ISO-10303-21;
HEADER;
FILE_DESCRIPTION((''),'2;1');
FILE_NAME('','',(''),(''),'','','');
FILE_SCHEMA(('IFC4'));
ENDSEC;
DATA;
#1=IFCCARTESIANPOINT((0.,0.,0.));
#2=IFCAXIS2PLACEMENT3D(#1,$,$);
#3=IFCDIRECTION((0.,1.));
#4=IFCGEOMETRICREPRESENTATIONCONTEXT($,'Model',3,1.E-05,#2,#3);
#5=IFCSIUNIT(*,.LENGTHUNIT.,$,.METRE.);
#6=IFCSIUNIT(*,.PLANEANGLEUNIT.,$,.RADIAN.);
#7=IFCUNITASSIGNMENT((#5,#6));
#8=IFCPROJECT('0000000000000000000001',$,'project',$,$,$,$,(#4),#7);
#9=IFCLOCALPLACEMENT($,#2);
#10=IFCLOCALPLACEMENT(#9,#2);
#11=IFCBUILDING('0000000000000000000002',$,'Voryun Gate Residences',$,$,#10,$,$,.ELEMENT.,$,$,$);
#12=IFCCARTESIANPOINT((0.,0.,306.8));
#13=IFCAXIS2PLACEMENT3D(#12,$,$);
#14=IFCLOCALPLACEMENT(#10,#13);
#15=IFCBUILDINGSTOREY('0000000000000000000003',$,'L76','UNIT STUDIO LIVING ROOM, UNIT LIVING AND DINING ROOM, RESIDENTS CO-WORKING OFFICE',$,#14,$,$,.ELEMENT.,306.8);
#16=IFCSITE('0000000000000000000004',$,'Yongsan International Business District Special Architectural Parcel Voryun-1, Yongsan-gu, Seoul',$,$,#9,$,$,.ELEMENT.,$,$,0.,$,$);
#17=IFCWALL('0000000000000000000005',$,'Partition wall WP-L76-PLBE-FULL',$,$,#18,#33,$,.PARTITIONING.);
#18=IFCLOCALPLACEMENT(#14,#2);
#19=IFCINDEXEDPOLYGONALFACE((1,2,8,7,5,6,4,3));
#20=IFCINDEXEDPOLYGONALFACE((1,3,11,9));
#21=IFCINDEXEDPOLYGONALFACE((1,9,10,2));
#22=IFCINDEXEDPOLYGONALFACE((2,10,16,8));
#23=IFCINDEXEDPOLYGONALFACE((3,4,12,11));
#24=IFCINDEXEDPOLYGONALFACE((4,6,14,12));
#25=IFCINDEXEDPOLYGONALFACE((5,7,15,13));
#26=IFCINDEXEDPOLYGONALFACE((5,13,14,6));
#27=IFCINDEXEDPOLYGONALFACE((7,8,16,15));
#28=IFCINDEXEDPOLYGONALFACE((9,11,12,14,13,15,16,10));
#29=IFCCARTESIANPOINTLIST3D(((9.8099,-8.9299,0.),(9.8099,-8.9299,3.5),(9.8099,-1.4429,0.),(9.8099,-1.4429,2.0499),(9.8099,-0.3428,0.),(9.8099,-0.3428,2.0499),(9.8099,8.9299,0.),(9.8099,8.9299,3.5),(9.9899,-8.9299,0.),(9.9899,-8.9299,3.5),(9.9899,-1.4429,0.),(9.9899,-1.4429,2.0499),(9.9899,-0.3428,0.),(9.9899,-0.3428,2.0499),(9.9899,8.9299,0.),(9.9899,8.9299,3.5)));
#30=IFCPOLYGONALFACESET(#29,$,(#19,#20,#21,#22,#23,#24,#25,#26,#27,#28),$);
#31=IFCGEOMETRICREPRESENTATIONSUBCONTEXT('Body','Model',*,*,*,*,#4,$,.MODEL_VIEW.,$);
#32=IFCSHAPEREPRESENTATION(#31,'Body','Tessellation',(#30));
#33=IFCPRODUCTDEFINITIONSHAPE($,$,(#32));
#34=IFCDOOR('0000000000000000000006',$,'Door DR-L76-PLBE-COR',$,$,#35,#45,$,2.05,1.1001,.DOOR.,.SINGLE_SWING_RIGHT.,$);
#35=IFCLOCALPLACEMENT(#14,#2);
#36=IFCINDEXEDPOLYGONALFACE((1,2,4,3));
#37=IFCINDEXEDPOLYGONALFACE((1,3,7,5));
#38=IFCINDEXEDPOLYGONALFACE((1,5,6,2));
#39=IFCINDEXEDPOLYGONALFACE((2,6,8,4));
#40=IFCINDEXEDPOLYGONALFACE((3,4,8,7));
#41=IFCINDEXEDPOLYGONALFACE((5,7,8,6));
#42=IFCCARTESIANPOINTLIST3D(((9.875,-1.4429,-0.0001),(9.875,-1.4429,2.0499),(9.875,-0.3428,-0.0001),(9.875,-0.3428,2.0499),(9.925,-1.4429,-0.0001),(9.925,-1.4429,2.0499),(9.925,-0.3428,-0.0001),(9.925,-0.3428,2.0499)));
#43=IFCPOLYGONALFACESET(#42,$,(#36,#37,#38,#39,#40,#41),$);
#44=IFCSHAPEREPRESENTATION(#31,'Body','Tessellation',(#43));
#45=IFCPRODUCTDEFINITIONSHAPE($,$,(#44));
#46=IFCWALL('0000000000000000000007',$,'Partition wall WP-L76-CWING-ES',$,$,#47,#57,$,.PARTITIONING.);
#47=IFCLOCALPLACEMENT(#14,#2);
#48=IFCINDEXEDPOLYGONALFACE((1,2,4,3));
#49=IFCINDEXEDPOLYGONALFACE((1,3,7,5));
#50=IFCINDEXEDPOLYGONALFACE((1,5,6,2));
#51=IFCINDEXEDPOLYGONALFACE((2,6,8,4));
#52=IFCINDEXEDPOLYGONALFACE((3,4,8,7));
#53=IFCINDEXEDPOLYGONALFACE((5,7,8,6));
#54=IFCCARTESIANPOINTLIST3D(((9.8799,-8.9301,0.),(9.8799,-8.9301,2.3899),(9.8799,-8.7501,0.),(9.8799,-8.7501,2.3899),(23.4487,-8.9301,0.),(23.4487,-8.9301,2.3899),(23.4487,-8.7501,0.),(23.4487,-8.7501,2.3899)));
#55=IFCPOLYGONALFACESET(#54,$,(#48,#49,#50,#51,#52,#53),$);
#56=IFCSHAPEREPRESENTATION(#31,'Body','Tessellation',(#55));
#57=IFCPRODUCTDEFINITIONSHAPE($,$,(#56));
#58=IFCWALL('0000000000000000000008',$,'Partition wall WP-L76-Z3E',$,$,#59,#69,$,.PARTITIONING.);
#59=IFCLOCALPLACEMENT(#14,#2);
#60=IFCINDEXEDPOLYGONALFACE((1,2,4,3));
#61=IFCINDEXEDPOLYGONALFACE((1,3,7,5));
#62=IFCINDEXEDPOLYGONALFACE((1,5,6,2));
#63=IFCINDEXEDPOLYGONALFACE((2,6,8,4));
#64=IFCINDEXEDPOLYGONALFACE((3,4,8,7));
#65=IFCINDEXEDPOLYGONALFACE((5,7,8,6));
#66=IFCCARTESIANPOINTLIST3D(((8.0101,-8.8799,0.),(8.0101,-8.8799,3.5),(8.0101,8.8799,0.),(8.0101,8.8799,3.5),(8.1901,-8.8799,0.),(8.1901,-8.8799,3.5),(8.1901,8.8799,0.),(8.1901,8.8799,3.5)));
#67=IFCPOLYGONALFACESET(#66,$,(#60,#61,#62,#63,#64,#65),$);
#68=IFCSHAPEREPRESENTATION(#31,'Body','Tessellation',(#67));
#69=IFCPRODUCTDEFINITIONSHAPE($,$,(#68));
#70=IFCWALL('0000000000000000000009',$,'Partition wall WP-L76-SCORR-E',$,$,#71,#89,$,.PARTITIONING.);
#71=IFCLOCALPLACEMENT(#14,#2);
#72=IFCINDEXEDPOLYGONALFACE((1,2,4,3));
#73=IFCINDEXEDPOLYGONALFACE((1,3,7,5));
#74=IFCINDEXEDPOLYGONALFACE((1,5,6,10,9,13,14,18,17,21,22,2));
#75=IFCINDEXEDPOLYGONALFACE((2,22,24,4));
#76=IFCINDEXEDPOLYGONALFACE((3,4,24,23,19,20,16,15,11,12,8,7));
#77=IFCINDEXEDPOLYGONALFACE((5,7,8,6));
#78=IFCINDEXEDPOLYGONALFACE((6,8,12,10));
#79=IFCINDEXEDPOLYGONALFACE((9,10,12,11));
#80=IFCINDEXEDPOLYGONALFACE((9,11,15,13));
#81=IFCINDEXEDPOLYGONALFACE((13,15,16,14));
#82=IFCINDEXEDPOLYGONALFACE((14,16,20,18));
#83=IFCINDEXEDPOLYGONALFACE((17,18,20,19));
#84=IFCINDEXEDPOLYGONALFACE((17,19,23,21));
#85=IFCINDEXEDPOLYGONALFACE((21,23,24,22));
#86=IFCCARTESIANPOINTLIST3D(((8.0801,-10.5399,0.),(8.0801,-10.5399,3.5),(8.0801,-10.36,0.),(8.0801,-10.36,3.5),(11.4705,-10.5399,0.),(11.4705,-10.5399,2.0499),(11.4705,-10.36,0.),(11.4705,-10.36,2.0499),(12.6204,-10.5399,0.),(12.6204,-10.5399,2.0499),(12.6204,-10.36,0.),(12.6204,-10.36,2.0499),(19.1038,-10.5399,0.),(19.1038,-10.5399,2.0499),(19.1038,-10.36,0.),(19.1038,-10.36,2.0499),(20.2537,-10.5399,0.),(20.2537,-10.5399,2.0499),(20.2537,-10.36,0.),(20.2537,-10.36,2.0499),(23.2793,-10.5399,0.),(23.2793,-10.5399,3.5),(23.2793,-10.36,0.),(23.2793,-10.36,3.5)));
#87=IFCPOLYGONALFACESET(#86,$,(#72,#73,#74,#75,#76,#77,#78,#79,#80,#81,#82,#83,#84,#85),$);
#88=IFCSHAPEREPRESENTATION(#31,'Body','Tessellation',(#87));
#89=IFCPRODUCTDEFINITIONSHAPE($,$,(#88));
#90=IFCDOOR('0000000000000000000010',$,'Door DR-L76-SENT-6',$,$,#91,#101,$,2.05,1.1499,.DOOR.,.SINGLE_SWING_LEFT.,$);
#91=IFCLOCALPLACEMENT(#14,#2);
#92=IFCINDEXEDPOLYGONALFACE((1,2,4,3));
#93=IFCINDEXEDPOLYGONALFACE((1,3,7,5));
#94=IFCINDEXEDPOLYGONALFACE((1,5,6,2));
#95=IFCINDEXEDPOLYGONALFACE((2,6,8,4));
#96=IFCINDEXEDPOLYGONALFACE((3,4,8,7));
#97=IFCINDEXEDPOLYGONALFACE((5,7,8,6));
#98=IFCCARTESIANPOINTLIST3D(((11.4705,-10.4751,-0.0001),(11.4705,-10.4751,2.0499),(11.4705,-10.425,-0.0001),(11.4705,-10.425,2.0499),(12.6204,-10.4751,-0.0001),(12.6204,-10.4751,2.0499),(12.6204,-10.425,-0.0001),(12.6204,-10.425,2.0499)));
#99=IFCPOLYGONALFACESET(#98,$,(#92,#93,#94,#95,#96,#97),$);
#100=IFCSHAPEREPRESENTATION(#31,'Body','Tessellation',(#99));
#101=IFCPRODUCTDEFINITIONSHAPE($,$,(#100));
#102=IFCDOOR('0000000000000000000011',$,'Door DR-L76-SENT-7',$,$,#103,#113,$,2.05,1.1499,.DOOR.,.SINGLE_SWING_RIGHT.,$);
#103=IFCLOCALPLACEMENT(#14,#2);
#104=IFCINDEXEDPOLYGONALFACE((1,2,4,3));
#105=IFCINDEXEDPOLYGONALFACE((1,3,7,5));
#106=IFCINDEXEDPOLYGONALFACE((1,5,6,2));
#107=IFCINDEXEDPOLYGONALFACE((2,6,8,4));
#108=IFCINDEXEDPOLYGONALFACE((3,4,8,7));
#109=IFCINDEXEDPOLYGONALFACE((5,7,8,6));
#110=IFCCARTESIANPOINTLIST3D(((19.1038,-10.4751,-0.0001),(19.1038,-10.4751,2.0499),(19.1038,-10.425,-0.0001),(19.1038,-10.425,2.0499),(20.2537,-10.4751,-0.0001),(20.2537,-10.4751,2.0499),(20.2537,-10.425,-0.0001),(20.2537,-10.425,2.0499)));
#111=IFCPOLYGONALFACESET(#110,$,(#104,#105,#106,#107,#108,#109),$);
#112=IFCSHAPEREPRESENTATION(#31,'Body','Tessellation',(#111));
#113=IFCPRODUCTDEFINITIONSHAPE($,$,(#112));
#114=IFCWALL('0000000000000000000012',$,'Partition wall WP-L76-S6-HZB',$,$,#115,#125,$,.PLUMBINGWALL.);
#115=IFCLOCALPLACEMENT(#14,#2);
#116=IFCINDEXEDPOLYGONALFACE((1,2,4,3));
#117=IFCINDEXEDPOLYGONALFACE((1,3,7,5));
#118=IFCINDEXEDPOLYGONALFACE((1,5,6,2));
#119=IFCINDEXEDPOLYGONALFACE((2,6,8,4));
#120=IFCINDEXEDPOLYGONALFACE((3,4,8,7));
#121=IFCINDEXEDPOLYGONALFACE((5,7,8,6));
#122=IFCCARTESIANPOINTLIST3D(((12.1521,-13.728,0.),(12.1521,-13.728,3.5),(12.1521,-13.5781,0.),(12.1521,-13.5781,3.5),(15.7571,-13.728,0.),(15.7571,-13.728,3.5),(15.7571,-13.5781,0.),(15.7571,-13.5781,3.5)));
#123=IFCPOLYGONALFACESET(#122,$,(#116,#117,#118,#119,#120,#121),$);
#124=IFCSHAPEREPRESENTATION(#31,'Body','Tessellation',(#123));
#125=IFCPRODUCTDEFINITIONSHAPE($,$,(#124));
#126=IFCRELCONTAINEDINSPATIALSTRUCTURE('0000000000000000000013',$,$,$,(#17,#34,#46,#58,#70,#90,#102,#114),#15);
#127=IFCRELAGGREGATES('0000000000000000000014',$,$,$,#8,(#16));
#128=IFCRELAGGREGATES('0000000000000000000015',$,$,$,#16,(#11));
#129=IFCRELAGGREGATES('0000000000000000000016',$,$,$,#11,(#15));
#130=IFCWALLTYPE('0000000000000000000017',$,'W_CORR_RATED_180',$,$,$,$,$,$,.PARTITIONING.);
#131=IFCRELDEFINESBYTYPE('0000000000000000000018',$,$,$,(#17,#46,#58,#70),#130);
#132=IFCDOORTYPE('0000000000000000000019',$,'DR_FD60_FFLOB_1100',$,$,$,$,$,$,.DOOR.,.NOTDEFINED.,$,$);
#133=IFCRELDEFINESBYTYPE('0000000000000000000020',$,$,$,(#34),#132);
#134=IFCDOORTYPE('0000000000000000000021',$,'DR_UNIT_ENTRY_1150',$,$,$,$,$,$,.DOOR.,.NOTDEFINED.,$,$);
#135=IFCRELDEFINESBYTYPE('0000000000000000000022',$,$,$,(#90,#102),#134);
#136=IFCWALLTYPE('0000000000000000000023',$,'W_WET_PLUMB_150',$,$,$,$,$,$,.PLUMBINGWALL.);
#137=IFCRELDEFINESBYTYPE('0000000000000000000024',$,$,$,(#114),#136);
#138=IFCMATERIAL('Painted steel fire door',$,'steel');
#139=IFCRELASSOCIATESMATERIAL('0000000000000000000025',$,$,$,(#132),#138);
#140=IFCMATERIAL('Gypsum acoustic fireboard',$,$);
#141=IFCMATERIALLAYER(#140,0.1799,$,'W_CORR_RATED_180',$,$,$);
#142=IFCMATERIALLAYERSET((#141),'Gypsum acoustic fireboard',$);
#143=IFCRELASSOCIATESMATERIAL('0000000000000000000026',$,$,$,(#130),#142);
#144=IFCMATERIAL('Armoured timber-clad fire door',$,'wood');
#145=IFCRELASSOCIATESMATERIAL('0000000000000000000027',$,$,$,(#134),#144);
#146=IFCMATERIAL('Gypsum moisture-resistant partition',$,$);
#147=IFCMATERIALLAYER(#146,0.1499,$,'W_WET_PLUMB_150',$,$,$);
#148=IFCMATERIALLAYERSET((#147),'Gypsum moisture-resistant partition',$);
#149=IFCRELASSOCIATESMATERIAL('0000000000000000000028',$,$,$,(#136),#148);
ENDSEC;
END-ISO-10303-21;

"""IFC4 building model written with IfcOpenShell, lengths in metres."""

from ifc_helpers import new_model, si_unit, direction, frame, frame_2d, origin, place, context, subcontext, project, spatial, rectangle, extrude, material, layer, layer_set, type_object, element, fill, save


model = new_model("IFC4")

# Units and contexts
model_context = context("Model", 3, precision=1e-05, world=origin(), true_north=direction((0.0, 1.0)))
body_context = subcontext(model_context, "Body", "Model", "MODEL_VIEW")
ifc_project = project(units=[si_unit("LENGTHUNIT", "METRE"), si_unit("PLANEANGLEUNIT", "RADIAN")], contexts=[model_context])

# Site, building, storey
site_placement = place(None, origin())
site = spatial("IfcSite", under=ifc_project, at=site_placement, Name="Yongsan International Business District Special Architectural Parcel Voryun-1, Yongsan-gu, Seoul", CompositionType="ELEMENT", RefElevation=0.0)
building_placement = place(site_placement, origin())
building = spatial("IfcBuilding", under=site, at=building_placement, Name="Voryun Gate Residences", CompositionType="ELEMENT")
storey_placement = place(building_placement, frame((0.0, 0.0, 306.8)))
storey = spatial("IfcBuildingStorey", under=building, at=storey_placement, Name="L76", Description="UNIT STUDIO LIVING ROOM, UNIT LIVING AND DINING ROOM, RESIDENTS CO-WORKING OFFICE", CompositionType="ELEMENT", Elevation=306.8)

# Shared definitions
ifc_material_1 = material(Name="Painted steel fire door", Category="steel")
door_type_1 = type_object("IfcDoorType", Name="DR_FD60_FFLOB_1100", OperationType="NOTDEFINED", PredefinedType="DOOR", material=ifc_material_1)

# Shared definitions
ifc_material_2 = material(Name="Gypsum acoustic fireboard")
ifc_layer_1 = layer(ifc_material_2, 0.1799, Name="W_CORR_RATED_180")
ifc_layer_set_1 = layer_set([ifc_layer_1], Name="Gypsum acoustic fireboard")
wall_type_1 = type_object("IfcWallType", Name="W_CORR_RATED_180", PredefinedType="PARTITIONING", material=ifc_layer_set_1)

# Wall, opening, door
wall_1_placement = place(storey_placement, frame((9.8999, -8.9299, 0.0), z_axis=(0.0, 0.0, 1.0), x_axis=(0.0, 1.0, 0.0)))
wall_1 = element("IfcWall", 1, at=wall_1_placement, inside=storey, type_object=wall_type_1, Name="Partition wall WP-L76-PLBE-FULL", PredefinedType="PARTITIONING", context=body_context, shape_type="SweptSolid", body=[
    extrude(rectangle(XDim=17.8599, YDim=0.1799, at=frame_2d((8.9299, 0.0))), origin(), (0.0, 0.0, 1.0), 3.5),
])
opening_1_placement = place(wall_1_placement, frame((7.4871, 0.0, 0.0)))
opening_1 = element("IfcOpeningElement", 2, at=opening_1_placement, cuts=wall_1, PredefinedType="OPENING", context=body_context, shape_type="SweptSolid", body=[
    extrude(rectangle(XDim=1.1001, YDim=2.05, at=frame_2d((0.55, 1.0249))), frame((0.0, 0.0999, 0.0), z_axis=(0.0, -1.0, 0.0), x_axis=(1.0, 0.0, 0.0)), (0.0, 0.0, 1.0), 0.2),
])
door_1_placement = place(opening_1_placement, origin())
door_1 = element("IfcDoor", 3, at=door_1_placement, inside=storey, type_object=door_type_1, Name="Door DR-L76-PLBE-COR", OperationType="SINGLE_SWING_RIGHT", OverallHeight=2.05, OverallWidth=1.1001, PredefinedType="DOOR", context=body_context, shape_type="SweptSolid", body=[
    extrude(rectangle(XDim=1.1001, YDim=2.05, at=frame_2d((0.55, 1.0249))), frame((0.0, 0.0249, 0.0), z_axis=(0.0, -1.0, 0.0), x_axis=(1.0, 0.0, 0.0)), (0.0, 0.0, 1.0), 0.05),
])
fill(opening_1, door_1)

# Walls
wall_2_placement = place(storey_placement, frame((9.8799, -8.8401, 0.0), z_axis=(0.0, 0.0, 1.0), x_axis=(1.0, 0.0, 0.0)))
element("IfcWall", 4, at=wall_2_placement, inside=storey, type_object=wall_type_1, Name="Partition wall WP-L76-CWING-ES", PredefinedType="PARTITIONING", context=body_context, shape_type="SweptSolid", body=[
    extrude(rectangle(XDim=13.5688, YDim=0.1799, at=frame_2d((6.7844, 0.0))), origin(), (0.0, 0.0, 1.0), 2.3899),
])
wall_3_placement = place(storey_placement, frame((8.1001, -8.8799, 0.0), z_axis=(0.0, 0.0, 1.0), x_axis=(0.0, 1.0, 0.0)))
element("IfcWall", 5, at=wall_3_placement, inside=storey, type_object=wall_type_1, Name="Partition wall WP-L76-Z3E", PredefinedType="PARTITIONING", context=body_context, shape_type="SweptSolid", body=[
    extrude(rectangle(XDim=17.7598, YDim=0.1799, at=frame_2d((8.8799, 0.0))), origin(), (0.0, 0.0, 1.0), 3.5),
])

# Wall, openings, doors
wall_4_placement = place(storey_placement, frame((8.0801, -10.45, 0.0), z_axis=(0.0, 0.0, 1.0), x_axis=(1.0, 0.0, 0.0)))
wall_4 = element("IfcWall", 6, at=wall_4_placement, inside=storey, type_object=wall_type_1, Name="Partition wall WP-L76-SCORR-E", PredefinedType="PARTITIONING", context=body_context, shape_type="SweptSolid", body=[
    extrude(rectangle(XDim=15.1992, YDim=0.1799, at=frame_2d((7.5996, 0.0))), origin(), (0.0, 0.0, 1.0), 3.5),
])
opening_2_placement = place(wall_4_placement, frame((3.3904, 0.0, 0.0)))
opening_2 = element("IfcOpeningElement", 7, at=opening_2_placement, cuts=wall_4, PredefinedType="OPENING", context=body_context, shape_type="SweptSolid", body=[
    extrude(rectangle(XDim=1.1499, YDim=2.05, at=frame_2d((0.575, 1.0249))), frame((0.0, 0.0999, 0.0), z_axis=(0.0, -1.0, 0.0), x_axis=(1.0, 0.0, 0.0)), (0.0, 0.0, 1.0), 0.2),
])
opening_3_placement = place(wall_4_placement, frame((11.0237, 0.0, 0.0)))
opening_3 = element("IfcOpeningElement", 8, at=opening_3_placement, cuts=wall_4, PredefinedType="OPENING", context=body_context, shape_type="SweptSolid", body=[
    extrude(rectangle(XDim=1.1499, YDim=2.05, at=frame_2d((0.575, 1.0249))), frame((0.0, 0.0999, 0.0), z_axis=(0.0, -1.0, 0.0), x_axis=(1.0, 0.0, 0.0)), (0.0, 0.0, 1.0), 0.2),
])
ifc_material_3 = material(Name="Armoured timber-clad fire door", Category="wood")
door_type_2 = type_object("IfcDoorType", Name="DR_UNIT_ENTRY_1150", OperationType="NOTDEFINED", PredefinedType="DOOR", material=ifc_material_3)
door_2_placement = place(opening_2_placement, origin())
door_2 = element("IfcDoor", 9, at=door_2_placement, inside=storey, type_object=door_type_2, Name="Door DR-L76-SENT-6", OperationType="SINGLE_SWING_LEFT", OverallHeight=2.05, OverallWidth=1.1499, PredefinedType="DOOR", context=body_context, shape_type="SweptSolid", body=[
    extrude(rectangle(XDim=1.1499, YDim=2.05, at=frame_2d((0.575, 1.0249))), frame((0.0, 0.0249, 0.0), z_axis=(0.0, -1.0, 0.0), x_axis=(1.0, 0.0, 0.0)), (0.0, 0.0, 1.0), 0.05),
])
fill(opening_2, door_2)
door_3_placement = place(opening_3_placement, origin())
door_3 = element("IfcDoor", 10, at=door_3_placement, inside=storey, type_object=door_type_2, Name="Door DR-L76-SENT-7", OperationType="SINGLE_SWING_RIGHT", OverallHeight=2.05, OverallWidth=1.1499, PredefinedType="DOOR", context=body_context, shape_type="SweptSolid", body=[
    extrude(rectangle(XDim=1.1499, YDim=2.05, at=frame_2d((0.575, 1.0249))), frame((0.0, 0.0249, 0.0), z_axis=(0.0, -1.0, 0.0), x_axis=(1.0, 0.0, 0.0)), (0.0, 0.0, 1.0), 0.05),
])
fill(opening_3, door_3)

# Wall
ifc_material_4 = material(Name="Gypsum moisture-resistant partition")
ifc_layer_2 = layer(ifc_material_4, 0.1499, Name="W_WET_PLUMB_150")
ifc_layer_set_2 = layer_set([ifc_layer_2], Name="Gypsum moisture-resistant partition")
wall_type_2 = type_object("IfcWallType", Name="W_WET_PLUMB_150", PredefinedType="PLUMBINGWALL", material=ifc_layer_set_2)
wall_5_placement = place(storey_placement, frame((12.1521, -13.6531, 0.0), z_axis=(0.0, 0.0, 1.0), x_axis=(1.0, 0.0, 0.0)))
element("IfcWall", 11, at=wall_5_placement, inside=storey, type_object=wall_type_2, Name="Partition wall WP-L76-S6-HZB", PredefinedType="PLUMBINGWALL", context=body_context, shape_type="SweptSolid", body=[
    extrude(rectangle(XDim=3.605, YDim=0.1499, at=frame_2d((1.8025, 0.0))), origin(), (0.0, 0.0, 1.0), 3.5),
])

save(model, "model.ifc")
